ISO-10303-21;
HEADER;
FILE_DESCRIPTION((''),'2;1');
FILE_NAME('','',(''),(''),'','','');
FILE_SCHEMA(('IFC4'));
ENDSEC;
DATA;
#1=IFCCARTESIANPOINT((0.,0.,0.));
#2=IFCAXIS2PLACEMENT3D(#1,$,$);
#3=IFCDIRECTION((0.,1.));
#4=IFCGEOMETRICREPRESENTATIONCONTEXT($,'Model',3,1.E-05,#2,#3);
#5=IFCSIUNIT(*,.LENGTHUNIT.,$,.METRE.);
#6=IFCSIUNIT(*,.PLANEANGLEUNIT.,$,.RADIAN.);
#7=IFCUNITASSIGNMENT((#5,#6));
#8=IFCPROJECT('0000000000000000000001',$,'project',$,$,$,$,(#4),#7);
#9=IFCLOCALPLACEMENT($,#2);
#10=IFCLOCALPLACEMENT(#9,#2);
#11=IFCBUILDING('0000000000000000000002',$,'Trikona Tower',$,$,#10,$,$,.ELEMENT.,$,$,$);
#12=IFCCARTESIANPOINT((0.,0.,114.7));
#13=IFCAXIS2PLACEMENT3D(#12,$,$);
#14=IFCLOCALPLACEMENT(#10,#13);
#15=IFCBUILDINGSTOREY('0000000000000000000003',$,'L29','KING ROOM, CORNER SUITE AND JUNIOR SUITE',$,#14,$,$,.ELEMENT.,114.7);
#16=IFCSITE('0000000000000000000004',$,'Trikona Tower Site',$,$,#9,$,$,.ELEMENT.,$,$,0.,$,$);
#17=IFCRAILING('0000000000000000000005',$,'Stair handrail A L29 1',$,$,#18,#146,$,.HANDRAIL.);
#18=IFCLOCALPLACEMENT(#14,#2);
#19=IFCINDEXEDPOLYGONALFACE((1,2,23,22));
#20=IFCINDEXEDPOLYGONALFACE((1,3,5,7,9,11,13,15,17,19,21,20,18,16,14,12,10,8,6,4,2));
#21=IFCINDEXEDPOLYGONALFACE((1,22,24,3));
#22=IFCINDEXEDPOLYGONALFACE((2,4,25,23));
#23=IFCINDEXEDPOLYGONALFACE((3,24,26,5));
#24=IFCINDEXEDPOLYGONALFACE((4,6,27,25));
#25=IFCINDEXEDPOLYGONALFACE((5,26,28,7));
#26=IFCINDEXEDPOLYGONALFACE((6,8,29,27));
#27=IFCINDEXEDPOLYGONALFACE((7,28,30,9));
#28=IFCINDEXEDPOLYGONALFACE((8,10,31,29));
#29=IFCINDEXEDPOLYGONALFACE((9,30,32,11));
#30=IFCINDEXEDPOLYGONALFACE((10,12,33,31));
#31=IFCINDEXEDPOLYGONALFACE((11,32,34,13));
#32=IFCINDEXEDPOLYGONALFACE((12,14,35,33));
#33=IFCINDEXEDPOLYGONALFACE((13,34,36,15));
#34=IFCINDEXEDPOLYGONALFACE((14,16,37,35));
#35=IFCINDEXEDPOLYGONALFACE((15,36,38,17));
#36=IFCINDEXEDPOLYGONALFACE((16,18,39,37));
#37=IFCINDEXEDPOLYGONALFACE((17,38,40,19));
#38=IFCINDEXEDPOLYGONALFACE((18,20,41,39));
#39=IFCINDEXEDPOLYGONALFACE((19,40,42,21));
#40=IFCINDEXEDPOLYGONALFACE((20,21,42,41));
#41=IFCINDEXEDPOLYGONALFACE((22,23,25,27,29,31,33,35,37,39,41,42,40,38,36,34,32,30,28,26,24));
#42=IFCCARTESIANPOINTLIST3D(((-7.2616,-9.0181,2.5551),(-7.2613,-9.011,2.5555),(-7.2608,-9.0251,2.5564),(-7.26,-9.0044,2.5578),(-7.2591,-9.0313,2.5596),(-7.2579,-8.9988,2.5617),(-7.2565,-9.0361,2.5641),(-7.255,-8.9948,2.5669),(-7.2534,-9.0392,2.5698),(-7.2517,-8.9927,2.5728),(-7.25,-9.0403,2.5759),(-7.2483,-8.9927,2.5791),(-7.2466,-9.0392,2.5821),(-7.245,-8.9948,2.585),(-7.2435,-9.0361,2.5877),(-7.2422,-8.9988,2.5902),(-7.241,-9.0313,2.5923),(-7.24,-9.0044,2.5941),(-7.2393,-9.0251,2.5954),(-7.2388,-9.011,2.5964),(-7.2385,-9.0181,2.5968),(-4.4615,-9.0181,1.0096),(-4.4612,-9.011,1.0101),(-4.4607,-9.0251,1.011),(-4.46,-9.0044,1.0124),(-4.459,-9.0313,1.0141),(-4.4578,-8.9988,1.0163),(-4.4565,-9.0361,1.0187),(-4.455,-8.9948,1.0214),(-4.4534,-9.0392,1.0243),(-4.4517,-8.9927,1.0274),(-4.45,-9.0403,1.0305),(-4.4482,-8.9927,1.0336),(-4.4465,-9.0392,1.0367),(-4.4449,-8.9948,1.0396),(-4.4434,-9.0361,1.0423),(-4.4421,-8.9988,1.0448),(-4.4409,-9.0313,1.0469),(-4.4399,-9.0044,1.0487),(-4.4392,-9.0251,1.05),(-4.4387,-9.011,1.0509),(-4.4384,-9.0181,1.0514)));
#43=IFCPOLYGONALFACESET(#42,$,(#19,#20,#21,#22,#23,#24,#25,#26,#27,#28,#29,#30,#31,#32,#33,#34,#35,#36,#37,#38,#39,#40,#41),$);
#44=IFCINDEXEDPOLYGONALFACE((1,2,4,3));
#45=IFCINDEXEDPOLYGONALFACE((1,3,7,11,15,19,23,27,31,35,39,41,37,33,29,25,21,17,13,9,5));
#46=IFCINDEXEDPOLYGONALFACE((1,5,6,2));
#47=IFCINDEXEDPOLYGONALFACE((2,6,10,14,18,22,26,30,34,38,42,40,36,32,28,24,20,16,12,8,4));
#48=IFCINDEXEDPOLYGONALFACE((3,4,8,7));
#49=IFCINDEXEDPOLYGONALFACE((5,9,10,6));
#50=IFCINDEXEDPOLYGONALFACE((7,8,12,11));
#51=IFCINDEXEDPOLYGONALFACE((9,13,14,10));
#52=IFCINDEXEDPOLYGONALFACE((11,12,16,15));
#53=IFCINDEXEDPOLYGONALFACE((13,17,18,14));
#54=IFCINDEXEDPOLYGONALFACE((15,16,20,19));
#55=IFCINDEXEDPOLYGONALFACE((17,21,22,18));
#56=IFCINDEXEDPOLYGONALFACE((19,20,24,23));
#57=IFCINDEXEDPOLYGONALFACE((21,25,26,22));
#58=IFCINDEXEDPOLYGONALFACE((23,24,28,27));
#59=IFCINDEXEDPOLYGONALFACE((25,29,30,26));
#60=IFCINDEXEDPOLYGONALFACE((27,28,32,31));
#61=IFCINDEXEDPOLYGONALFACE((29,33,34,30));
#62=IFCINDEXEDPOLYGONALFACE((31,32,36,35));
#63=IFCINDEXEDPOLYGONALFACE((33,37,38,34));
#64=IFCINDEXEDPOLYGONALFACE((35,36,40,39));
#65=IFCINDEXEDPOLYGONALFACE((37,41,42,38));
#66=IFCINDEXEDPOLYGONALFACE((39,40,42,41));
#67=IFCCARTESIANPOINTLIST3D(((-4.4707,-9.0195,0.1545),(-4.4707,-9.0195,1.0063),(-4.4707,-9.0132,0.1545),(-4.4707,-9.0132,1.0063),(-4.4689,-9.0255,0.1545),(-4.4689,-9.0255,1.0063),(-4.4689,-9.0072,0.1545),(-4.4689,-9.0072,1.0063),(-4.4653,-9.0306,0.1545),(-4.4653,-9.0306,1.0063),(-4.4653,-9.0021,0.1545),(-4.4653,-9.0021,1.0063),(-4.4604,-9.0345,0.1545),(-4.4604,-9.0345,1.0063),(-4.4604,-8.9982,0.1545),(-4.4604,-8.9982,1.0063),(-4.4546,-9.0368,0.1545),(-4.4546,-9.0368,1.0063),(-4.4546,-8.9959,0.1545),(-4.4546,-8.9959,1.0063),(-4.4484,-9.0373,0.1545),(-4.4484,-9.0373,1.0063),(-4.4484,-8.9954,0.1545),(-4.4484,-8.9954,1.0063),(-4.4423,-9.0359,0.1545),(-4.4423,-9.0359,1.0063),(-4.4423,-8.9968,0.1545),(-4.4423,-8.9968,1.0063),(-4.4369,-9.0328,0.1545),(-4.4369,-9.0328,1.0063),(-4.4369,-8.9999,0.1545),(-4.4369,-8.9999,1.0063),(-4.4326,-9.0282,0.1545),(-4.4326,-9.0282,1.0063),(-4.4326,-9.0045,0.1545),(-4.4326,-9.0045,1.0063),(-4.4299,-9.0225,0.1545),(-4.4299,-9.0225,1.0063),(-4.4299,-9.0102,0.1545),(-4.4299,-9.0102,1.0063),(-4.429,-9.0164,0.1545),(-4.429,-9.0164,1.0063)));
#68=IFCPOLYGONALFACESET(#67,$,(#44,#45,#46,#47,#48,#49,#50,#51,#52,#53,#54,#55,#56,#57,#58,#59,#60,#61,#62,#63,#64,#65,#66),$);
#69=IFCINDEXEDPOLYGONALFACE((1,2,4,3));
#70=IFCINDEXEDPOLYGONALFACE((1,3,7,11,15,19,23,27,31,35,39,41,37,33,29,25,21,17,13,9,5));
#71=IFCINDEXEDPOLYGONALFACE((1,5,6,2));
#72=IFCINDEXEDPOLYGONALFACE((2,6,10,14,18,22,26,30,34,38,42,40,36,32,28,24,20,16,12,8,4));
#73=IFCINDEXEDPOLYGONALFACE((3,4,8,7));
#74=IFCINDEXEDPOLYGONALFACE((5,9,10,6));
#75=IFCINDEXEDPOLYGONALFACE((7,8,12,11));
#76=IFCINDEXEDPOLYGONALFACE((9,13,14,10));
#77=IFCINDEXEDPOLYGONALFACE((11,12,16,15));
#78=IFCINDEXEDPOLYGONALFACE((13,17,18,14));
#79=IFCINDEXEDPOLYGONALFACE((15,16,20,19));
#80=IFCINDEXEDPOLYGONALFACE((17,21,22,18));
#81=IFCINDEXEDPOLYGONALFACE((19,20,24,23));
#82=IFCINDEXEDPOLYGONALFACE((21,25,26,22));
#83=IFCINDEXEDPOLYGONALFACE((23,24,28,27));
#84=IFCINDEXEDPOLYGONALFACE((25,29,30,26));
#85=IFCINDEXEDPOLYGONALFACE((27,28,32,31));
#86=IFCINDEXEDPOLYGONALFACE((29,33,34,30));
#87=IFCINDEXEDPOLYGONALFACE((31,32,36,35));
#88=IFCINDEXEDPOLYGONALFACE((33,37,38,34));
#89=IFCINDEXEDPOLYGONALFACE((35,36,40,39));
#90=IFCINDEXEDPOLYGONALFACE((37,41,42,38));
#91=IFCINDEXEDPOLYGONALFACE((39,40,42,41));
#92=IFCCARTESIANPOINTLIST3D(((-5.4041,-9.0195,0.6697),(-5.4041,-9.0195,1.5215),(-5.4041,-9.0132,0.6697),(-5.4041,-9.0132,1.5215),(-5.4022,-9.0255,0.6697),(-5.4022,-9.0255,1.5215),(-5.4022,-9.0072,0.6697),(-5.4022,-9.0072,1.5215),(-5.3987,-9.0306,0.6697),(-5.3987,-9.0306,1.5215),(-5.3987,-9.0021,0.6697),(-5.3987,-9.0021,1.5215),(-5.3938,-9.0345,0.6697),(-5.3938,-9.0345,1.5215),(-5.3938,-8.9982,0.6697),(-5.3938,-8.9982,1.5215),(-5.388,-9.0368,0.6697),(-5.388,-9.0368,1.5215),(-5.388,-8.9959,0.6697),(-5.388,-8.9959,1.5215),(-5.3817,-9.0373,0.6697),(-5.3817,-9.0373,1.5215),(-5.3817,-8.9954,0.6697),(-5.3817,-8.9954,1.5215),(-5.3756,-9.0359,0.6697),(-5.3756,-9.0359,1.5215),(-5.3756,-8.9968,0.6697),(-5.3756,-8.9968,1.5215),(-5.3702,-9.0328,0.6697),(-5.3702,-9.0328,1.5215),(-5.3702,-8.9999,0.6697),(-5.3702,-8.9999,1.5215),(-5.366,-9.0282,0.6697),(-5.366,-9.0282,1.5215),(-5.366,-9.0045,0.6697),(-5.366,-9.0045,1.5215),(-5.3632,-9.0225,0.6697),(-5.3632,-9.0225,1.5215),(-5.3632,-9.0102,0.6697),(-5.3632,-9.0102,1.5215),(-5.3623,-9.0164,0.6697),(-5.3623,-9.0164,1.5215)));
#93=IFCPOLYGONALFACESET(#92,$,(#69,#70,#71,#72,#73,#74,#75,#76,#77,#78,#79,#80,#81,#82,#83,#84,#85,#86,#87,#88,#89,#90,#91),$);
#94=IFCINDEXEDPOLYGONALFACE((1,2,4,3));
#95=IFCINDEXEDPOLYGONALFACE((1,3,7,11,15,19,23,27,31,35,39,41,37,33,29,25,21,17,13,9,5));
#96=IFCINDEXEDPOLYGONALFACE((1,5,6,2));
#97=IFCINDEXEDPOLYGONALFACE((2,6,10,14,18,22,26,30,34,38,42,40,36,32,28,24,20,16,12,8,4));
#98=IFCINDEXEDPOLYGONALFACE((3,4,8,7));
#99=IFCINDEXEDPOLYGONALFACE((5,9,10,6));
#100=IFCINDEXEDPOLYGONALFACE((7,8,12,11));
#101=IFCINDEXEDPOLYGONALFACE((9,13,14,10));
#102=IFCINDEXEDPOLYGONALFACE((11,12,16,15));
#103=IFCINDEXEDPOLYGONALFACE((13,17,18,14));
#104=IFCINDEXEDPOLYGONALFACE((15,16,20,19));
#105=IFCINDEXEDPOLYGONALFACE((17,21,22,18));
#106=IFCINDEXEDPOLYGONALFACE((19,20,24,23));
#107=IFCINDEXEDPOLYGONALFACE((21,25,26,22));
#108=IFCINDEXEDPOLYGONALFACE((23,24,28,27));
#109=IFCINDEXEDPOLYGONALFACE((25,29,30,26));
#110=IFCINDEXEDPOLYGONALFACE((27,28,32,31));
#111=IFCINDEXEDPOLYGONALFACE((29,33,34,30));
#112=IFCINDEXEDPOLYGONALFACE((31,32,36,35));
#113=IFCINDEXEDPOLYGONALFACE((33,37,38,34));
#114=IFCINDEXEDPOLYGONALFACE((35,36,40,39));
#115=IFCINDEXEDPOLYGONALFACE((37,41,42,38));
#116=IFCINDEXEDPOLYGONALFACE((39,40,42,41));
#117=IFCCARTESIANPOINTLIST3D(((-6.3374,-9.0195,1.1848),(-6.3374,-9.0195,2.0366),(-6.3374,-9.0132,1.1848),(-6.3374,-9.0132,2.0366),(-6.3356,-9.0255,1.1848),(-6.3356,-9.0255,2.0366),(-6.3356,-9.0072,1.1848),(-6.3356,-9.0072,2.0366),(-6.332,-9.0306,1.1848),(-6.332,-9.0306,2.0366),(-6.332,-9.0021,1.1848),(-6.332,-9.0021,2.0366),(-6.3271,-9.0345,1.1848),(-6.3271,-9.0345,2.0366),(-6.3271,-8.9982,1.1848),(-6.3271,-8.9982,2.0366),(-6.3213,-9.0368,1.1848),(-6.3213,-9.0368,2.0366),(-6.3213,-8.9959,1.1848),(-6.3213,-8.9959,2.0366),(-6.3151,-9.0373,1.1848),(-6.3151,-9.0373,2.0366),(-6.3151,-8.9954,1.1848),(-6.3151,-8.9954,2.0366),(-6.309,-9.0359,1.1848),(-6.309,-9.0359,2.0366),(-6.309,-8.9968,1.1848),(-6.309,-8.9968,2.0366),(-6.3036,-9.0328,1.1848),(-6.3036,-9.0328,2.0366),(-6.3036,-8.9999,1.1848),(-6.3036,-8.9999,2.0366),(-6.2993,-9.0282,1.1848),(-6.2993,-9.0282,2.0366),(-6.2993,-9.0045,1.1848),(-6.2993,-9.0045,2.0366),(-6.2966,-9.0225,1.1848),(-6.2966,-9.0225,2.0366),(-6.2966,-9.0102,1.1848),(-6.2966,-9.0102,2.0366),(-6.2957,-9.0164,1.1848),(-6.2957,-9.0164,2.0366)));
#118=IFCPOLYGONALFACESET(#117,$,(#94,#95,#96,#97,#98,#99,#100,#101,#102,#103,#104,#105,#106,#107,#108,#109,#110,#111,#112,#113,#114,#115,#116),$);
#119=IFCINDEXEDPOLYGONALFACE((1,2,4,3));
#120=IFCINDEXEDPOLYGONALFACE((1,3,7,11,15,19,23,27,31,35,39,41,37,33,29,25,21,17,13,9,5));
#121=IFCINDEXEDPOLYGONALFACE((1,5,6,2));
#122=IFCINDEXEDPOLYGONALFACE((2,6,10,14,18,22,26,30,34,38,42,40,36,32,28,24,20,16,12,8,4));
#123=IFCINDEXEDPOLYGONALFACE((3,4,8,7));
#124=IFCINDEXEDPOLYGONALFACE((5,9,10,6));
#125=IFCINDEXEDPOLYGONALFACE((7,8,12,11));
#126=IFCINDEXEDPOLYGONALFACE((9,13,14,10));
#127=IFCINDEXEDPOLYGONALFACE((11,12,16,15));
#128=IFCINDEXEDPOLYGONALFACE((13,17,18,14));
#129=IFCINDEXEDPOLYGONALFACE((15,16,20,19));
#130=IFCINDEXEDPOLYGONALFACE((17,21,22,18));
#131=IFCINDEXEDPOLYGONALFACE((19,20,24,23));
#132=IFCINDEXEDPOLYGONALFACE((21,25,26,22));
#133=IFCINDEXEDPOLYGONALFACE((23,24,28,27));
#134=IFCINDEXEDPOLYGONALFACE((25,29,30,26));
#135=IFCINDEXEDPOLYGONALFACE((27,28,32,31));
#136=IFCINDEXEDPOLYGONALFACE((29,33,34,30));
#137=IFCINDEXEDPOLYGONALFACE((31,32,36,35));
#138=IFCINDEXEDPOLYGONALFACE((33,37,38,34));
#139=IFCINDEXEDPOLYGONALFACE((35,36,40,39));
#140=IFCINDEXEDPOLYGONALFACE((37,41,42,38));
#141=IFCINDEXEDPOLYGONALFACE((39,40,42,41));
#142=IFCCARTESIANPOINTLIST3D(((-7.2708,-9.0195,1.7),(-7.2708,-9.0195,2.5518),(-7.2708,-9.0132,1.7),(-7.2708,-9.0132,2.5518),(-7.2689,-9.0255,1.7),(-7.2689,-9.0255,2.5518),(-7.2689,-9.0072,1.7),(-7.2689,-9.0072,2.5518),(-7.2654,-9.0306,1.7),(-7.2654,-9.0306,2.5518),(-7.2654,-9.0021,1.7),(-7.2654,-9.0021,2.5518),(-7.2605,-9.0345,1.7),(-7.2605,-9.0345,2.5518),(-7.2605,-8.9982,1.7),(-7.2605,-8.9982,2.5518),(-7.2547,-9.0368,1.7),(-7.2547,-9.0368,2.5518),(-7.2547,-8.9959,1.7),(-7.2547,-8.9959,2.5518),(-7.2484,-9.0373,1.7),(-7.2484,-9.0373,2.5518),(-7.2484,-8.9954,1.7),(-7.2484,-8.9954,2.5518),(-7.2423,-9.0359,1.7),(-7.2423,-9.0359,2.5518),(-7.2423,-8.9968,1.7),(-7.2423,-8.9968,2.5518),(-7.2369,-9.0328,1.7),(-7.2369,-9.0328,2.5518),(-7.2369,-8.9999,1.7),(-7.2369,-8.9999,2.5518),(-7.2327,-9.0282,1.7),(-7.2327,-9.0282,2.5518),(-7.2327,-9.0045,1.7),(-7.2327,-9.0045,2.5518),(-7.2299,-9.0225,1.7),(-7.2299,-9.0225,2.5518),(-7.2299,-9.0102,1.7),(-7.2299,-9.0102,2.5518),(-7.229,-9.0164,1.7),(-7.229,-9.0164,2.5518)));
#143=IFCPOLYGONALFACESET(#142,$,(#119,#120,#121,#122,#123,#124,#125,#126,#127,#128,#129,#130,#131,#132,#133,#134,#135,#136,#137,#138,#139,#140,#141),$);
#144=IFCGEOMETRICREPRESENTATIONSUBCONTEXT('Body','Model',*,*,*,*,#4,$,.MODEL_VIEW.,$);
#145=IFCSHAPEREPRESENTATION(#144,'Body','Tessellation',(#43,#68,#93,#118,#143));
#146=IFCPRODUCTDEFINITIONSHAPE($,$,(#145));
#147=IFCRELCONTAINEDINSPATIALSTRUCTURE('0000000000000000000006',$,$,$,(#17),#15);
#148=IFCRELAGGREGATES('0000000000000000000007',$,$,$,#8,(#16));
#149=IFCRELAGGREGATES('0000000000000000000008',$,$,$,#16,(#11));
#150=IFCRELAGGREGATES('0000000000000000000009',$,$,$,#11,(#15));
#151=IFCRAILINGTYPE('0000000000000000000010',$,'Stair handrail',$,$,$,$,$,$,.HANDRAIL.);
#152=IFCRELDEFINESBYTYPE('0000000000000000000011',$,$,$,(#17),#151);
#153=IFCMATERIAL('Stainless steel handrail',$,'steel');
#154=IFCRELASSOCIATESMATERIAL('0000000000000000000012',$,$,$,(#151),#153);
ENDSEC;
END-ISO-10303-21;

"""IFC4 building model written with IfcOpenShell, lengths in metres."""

from ifc_helpers import new_model, si_unit, direction, frame, origin, origin_2d, place, context, subcontext, project, spatial, circle, extrude, material, type_object, element, save


model = new_model("IFC4")

# Units and contexts
model_context = context("Model", 3, precision=1e-05, world=origin(), true_north=direction((0.0, 1.0)))
body_context = subcontext(model_context, "Body", "Model", "MODEL_VIEW")
ifc_project = project(units=[si_unit("LENGTHUNIT", "METRE"), si_unit("PLANEANGLEUNIT", "RADIAN")], contexts=[model_context])

# Site, building, storey
site_placement = place(None, origin())
site = spatial("IfcSite", under=ifc_project, at=site_placement, Name="Trikona Tower Site", CompositionType="ELEMENT", RefElevation=0.0)
building_placement = place(site_placement, origin())
building = spatial("IfcBuilding", under=site, at=building_placement, Name="Trikona Tower", CompositionType="ELEMENT")
storey_placement = place(building_placement, frame((0.0, 0.0, 114.7)))
storey = spatial("IfcBuildingStorey", under=building, at=storey_placement, Name="L29", Description="KING ROOM, CORNER SUITE AND JUNIOR SUITE", CompositionType="ELEMENT", Elevation=114.7)

# Railing
ifc_material_1 = material(Name="Stainless steel handrail", Category="steel")
railing_type = type_object("IfcRailingType", Name="Stair handrail", PredefinedType="HANDRAIL", material=ifc_material_1)
railing_placement = place(storey_placement, frame((-4.45, -9.0164, 0.1545)))
element("IfcRailing", 1, at=railing_placement, inside=storey, type_object=railing_type, Name="Stair handrail A L29 1", PredefinedType="HANDRAIL", context=body_context, shape_type="SweptSolid", body=[
    extrude(circle(Radius=0.0239, at=origin_2d()), frame((0.0, 0.0, 0.876), z_axis=(-0.875504, 0.0, 0.483211), x_axis=(0.0, -1.0, 0.0)), (0.0, 0.0, 1.0), 3.1982),
    extrude(circle(Radius=0.021, at=origin_2d()), origin(), (0.0, 0.0, 1.0), 0.8518),
    extrude(circle(Radius=0.021, at=origin_2d()), frame((-0.9333, 0.0, 0.5151)), (0.0, 0.0, 1.0), 0.8518),
    extrude(circle(Radius=0.021, at=origin_2d()), frame((-1.8667, 0.0, 1.0303)), (0.0, 0.0, 1.0), 0.8518),
    extrude(circle(Radius=0.021, at=origin_2d()), frame((-2.8, 0.0, 1.5454)), (0.0, 0.0, 1.0), 0.8518),
])

save(model, "model.ifc")
